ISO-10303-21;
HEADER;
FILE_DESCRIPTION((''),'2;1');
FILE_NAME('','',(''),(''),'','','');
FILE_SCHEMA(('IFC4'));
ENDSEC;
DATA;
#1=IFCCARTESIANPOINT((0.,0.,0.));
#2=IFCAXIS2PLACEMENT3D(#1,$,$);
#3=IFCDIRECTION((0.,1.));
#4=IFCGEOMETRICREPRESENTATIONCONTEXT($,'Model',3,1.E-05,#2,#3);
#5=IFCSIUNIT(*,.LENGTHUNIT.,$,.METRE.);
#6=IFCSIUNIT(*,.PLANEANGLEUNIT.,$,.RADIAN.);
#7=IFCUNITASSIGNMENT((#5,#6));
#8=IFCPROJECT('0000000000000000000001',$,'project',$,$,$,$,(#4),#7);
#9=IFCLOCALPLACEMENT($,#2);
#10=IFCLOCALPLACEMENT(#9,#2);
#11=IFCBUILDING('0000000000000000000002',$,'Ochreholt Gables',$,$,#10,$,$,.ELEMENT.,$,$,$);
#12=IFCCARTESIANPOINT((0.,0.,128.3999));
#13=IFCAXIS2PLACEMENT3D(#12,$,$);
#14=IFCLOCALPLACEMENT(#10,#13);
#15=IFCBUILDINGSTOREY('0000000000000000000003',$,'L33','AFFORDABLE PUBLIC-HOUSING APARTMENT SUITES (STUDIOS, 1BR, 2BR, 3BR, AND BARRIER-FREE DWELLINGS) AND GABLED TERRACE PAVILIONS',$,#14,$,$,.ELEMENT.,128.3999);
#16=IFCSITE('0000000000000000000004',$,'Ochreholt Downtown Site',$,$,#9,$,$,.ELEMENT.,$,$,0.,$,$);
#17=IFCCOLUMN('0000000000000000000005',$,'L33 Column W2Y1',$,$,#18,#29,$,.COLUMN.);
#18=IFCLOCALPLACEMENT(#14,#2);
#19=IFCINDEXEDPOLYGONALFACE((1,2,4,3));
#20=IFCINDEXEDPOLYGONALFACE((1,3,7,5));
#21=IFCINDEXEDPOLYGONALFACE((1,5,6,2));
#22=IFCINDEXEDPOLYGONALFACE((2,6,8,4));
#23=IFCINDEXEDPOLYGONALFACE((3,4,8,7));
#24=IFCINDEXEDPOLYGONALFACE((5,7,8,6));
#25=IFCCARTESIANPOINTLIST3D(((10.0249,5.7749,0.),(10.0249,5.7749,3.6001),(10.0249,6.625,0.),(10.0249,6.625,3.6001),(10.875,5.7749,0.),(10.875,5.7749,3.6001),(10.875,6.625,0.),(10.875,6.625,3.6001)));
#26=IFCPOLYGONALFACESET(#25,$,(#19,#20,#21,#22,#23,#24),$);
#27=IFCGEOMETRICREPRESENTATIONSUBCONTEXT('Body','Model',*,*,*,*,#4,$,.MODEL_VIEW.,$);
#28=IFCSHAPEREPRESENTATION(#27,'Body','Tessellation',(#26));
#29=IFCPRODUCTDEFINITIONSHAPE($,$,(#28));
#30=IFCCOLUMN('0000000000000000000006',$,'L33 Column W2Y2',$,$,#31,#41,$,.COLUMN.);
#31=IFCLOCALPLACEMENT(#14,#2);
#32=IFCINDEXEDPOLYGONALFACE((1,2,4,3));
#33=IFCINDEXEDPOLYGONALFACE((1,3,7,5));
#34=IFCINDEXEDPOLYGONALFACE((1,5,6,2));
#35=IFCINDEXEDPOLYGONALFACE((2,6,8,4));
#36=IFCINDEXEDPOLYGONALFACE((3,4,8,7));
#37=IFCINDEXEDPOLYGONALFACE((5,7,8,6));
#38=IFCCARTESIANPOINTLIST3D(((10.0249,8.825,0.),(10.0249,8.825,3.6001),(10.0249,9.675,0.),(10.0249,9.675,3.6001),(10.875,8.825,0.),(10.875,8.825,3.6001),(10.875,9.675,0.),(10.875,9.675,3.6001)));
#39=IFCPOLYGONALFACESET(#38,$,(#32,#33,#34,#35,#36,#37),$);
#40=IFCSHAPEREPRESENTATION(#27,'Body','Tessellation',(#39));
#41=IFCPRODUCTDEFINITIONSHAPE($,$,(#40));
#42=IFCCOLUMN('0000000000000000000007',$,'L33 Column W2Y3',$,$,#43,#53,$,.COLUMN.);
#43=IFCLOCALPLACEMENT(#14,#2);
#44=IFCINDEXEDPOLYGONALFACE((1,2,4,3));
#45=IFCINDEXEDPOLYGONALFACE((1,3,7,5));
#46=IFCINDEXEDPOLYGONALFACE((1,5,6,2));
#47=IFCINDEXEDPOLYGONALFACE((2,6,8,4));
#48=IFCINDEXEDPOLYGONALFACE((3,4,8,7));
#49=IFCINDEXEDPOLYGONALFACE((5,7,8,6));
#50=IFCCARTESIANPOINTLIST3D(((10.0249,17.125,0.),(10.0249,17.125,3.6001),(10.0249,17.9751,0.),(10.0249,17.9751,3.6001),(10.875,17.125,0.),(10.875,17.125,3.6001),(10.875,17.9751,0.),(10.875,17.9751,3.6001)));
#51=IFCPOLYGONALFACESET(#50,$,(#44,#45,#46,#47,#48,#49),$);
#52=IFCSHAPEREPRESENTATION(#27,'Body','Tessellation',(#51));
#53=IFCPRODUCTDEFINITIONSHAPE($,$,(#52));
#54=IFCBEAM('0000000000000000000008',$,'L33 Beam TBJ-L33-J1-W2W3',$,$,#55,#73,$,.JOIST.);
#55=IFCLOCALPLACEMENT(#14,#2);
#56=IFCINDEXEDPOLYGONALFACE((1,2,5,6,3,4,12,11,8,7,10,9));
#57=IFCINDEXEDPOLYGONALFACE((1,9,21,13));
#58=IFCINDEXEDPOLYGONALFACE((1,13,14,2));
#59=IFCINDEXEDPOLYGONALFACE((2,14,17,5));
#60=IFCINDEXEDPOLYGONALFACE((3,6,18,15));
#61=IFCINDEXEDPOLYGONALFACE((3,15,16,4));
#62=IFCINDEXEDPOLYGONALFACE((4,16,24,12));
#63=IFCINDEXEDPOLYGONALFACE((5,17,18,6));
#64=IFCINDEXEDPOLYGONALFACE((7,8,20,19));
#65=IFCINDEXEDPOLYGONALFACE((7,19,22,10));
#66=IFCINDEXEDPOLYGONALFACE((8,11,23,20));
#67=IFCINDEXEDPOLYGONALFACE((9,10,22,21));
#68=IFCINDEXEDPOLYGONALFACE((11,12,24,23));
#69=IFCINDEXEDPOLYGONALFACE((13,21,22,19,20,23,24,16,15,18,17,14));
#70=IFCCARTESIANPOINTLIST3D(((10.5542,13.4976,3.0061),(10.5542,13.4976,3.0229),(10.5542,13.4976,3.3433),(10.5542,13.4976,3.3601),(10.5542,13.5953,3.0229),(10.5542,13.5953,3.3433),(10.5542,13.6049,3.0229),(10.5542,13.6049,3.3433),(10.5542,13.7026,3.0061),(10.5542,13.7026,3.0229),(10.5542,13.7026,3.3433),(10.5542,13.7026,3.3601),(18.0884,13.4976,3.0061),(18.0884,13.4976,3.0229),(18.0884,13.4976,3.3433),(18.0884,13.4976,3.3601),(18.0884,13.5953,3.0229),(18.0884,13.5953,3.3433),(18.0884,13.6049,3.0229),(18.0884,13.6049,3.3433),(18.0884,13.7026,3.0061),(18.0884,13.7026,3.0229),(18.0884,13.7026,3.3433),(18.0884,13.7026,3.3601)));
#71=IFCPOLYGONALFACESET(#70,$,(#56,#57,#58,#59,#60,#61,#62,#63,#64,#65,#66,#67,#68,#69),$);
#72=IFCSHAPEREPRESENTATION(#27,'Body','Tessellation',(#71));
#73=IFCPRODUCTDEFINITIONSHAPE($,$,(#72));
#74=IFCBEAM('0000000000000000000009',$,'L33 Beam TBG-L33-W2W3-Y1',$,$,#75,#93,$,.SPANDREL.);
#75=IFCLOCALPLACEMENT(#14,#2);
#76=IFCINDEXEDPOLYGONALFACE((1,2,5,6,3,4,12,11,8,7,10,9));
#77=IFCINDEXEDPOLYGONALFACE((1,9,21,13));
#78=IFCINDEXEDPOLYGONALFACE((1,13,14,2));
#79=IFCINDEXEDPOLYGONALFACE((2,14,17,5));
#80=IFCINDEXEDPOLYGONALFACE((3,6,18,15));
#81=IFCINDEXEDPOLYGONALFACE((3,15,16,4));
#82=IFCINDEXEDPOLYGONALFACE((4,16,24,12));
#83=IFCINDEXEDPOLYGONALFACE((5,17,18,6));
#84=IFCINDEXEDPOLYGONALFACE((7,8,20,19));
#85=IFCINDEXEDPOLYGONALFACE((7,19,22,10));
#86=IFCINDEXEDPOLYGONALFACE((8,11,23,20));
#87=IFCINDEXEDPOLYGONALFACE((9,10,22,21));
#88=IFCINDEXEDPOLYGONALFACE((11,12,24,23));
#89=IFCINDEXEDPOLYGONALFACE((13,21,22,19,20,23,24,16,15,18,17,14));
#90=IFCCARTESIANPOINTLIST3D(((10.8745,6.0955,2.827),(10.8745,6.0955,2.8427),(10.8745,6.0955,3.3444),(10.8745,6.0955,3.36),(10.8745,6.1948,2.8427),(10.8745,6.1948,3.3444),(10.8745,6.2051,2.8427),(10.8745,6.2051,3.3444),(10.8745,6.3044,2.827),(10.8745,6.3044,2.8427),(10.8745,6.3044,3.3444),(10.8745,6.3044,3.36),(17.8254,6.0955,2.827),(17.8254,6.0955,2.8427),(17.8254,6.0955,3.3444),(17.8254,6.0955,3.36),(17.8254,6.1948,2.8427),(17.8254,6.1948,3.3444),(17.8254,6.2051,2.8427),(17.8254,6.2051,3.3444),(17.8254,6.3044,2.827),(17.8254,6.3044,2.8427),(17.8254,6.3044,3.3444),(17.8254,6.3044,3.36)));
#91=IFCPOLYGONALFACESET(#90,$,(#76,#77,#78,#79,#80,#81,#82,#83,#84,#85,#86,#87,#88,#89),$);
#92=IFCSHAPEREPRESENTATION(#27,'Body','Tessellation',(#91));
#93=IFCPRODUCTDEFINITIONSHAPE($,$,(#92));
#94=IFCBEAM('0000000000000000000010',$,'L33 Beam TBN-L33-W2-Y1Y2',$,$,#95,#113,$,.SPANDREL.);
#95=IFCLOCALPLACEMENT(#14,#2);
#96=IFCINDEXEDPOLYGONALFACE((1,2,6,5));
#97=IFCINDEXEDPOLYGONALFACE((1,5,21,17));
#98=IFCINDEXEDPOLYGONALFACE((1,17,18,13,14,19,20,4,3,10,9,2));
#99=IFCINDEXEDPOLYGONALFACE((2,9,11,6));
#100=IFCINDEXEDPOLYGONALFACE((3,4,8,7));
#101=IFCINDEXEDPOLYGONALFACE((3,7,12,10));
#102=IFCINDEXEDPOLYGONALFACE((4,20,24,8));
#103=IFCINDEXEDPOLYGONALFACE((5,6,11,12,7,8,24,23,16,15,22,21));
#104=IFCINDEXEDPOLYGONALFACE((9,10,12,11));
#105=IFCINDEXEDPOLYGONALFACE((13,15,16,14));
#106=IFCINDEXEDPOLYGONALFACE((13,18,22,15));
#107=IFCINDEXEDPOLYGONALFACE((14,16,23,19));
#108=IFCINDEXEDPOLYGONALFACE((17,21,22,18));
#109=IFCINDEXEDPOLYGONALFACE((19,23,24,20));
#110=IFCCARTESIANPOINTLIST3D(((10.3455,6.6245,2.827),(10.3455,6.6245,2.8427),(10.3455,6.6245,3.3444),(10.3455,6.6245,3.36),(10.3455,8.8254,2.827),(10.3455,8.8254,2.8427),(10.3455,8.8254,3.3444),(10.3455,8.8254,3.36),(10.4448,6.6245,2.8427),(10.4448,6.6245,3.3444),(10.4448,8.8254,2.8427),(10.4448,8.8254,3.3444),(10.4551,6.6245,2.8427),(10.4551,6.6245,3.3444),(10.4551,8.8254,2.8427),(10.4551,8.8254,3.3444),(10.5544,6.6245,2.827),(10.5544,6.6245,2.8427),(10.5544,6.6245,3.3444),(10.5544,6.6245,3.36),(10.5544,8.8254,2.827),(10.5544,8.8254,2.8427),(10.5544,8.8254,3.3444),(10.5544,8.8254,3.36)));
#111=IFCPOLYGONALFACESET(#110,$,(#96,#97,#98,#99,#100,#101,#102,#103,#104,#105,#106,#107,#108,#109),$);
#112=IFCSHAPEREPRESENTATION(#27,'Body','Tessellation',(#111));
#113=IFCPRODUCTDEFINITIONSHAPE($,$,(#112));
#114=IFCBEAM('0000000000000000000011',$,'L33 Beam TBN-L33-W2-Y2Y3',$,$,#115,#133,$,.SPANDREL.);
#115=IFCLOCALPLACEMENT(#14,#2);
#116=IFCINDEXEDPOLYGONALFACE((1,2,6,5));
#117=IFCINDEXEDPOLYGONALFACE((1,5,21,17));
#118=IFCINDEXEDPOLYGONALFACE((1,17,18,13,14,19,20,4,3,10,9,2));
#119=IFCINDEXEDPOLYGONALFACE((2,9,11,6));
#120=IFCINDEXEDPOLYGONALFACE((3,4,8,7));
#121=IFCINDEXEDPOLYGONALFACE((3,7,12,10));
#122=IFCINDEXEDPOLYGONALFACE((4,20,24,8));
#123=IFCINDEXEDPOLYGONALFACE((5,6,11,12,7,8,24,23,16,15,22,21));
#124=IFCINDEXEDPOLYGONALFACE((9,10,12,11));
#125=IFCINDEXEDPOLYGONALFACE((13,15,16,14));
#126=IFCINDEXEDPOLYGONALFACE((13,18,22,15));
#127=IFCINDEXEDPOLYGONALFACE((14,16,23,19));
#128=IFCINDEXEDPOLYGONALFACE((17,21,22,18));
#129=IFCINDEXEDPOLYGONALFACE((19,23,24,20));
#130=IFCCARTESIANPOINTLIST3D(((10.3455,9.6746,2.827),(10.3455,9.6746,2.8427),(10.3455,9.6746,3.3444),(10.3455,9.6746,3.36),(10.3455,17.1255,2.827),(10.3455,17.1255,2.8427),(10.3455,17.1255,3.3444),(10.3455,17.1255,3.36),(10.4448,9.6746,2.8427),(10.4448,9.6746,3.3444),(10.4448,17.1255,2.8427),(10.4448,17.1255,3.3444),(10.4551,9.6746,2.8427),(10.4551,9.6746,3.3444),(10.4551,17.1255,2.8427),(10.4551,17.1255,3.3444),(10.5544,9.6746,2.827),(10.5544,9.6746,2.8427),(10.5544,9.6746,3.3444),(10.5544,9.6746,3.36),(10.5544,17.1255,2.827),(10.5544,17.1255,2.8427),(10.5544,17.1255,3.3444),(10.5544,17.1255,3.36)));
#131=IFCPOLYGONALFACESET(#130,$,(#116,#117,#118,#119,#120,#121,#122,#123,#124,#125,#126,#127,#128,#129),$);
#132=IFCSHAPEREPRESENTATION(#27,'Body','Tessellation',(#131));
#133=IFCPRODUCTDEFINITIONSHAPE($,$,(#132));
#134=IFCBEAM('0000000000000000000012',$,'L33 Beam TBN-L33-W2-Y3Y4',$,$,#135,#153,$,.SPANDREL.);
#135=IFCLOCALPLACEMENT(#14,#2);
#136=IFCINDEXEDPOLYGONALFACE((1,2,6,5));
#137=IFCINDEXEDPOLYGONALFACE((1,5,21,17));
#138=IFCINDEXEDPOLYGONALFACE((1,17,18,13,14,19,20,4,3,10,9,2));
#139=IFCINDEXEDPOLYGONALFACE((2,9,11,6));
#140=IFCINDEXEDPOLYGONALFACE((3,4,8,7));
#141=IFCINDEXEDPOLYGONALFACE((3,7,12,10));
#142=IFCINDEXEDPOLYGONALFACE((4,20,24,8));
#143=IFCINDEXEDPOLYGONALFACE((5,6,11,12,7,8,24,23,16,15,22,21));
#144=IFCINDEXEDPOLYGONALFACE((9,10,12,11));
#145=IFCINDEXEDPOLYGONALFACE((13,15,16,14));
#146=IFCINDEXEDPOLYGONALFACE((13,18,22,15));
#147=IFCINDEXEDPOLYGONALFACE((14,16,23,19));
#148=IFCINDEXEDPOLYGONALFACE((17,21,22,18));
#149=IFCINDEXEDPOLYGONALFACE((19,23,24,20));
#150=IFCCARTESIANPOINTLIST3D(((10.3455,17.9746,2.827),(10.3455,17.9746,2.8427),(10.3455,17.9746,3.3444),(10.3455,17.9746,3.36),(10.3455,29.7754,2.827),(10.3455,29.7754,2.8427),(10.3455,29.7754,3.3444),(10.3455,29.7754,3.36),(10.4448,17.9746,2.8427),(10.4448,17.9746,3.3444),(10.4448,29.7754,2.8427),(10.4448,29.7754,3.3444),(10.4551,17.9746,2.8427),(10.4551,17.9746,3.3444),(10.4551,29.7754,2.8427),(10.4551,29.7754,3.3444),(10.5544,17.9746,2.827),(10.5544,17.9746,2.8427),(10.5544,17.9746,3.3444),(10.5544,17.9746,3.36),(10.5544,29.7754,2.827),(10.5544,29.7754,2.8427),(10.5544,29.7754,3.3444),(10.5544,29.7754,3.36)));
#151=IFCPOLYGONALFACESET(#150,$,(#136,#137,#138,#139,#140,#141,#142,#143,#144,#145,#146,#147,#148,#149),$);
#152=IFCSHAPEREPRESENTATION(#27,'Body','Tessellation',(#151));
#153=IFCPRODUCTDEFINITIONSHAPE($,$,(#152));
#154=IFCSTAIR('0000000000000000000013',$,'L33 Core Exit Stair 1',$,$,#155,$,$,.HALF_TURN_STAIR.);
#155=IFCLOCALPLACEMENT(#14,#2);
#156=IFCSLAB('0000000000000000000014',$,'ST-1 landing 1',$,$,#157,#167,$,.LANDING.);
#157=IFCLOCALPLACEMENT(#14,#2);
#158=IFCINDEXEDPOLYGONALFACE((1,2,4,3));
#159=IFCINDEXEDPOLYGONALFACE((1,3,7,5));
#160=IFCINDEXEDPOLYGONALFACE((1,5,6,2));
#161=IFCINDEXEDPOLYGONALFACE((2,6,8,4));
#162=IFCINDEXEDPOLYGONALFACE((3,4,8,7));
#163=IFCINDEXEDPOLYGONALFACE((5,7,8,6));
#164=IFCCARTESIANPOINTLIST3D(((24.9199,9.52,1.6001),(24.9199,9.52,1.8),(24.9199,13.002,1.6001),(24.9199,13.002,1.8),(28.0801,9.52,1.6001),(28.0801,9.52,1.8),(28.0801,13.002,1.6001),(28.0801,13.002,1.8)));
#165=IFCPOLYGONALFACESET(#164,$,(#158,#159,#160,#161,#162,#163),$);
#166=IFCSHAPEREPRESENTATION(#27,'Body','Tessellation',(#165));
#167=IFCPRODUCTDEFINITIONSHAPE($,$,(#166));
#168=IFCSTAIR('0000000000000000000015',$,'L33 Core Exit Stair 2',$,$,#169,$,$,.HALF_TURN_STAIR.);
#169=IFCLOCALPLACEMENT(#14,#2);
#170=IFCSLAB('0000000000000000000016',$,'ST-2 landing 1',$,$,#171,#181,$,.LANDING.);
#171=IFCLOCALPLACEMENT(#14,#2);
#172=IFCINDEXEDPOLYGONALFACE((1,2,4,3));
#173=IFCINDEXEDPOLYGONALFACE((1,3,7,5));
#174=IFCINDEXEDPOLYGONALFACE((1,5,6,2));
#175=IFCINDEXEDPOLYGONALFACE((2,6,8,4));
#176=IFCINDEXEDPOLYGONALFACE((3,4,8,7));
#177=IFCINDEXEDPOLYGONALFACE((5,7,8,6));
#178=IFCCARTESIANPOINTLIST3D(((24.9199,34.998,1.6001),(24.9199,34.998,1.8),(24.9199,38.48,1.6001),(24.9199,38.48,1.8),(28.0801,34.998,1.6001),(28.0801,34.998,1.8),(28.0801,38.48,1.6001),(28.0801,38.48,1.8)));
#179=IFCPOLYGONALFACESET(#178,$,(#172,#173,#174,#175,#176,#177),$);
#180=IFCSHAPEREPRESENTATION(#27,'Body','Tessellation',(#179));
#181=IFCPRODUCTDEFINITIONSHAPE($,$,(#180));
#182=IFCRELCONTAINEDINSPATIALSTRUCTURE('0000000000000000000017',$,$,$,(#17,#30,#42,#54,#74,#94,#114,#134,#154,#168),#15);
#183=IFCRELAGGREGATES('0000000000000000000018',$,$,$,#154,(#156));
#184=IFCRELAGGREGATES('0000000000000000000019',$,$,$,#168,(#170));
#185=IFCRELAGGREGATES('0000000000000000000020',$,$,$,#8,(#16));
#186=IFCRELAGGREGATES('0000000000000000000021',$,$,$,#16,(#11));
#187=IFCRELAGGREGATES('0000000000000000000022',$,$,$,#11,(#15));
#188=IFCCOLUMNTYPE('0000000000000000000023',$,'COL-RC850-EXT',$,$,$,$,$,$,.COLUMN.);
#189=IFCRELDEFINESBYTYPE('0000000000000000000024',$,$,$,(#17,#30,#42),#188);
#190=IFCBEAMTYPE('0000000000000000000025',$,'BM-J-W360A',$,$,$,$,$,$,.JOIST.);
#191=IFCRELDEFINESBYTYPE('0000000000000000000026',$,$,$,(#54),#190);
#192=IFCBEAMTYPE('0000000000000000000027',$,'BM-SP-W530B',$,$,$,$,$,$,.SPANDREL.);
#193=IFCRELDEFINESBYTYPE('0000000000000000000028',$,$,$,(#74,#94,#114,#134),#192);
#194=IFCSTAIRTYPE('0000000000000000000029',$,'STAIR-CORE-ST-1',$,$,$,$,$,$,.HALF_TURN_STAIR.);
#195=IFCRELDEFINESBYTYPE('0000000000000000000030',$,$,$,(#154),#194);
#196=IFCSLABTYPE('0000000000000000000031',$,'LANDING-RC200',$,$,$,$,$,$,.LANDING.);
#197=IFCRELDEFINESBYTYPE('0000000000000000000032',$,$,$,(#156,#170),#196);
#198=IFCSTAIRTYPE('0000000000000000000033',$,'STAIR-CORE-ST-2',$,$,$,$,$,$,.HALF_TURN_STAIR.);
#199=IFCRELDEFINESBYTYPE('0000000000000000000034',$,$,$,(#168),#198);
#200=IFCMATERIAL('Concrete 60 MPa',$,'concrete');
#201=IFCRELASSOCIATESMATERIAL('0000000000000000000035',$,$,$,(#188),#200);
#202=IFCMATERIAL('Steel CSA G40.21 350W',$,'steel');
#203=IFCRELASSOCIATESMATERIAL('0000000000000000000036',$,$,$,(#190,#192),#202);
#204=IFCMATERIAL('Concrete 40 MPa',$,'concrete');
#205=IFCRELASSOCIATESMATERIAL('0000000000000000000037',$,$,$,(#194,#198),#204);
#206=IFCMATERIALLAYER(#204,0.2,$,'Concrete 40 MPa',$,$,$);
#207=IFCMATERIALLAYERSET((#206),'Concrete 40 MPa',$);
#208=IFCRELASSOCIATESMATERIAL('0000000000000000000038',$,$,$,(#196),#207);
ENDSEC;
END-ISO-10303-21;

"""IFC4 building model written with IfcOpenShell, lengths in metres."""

from ifc_helpers import new_model, si_unit, direction, frame, origin, origin_2d, place, context, subcontext, project, spatial, polyline, rectangle, i_section, outline, extrude, material, layer, layer_set, material_profile, profile_set, type_object, element, aggregate, save


model = new_model("IFC4")

# Units and contexts
model_context = context("Model", 3, precision=1e-05, world=origin(), true_north=direction((0.0, 1.0)))
body_context = subcontext(model_context, "Body", "Model", "MODEL_VIEW")
ifc_project = project(units=[si_unit("LENGTHUNIT", "METRE"), si_unit("PLANEANGLEUNIT", "RADIAN")], contexts=[model_context])

# Site, building, storey
site_placement = place(None, origin())
site = spatial("IfcSite", under=ifc_project, at=site_placement, Name="Ochreholt Downtown Site", CompositionType="ELEMENT", RefElevation=0.0)
building_placement = place(site_placement, origin())
building = spatial("IfcBuilding", under=site, at=building_placement, Name="Ochreholt Gables", CompositionType="ELEMENT")
storey_placement = place(building_placement, frame((0.0, 0.0, 128.3999)))
storey = spatial("IfcBuildingStorey", under=building, at=storey_placement, Name="L33", Description="AFFORDABLE PUBLIC-HOUSING APARTMENT SUITES (STUDIOS, 1BR, 2BR, 3BR, AND BARRIER-FREE DWELLINGS) AND GABLED TERRACE PAVILIONS", CompositionType="ELEMENT", Elevation=128.3999)

# Columns
ifc_material_1 = material(Name="Concrete 60 MPa", Category="concrete")
ifc_material_profile_1 = material_profile(ifc_material_1, rectangle(XDim=0.8501, YDim=0.8501, at=origin_2d()), Name="RC850X850")
ifc_profile_set_1 = profile_set([ifc_material_profile_1], Name="Concrete 60 MPa")
column_type = type_object("IfcColumnType", Name="COL-RC850-EXT", PredefinedType="COLUMN", material=ifc_profile_set_1)
for number, where, z_axis, x_axis, name in (
    (1, (10.45, 6.2, 0.0), (0.0, 0.0, 1.0), (1.0, 0.0, 0.0), "L33 Column W2Y1"),
    (2, (10.45, 9.25, 0.0), (0.0, 0.0, 1.0), (1.0, 0.0, 0.0), "L33 Column W2Y2"),
    (3, (10.45, 17.55, 0.0), (0.0, 0.0, 1.0), (1.0, 0.0, 0.0), "L33 Column W2Y3"),
):
    element("IfcColumn", number, at=place(storey_placement, frame(where, z_axis=z_axis, x_axis=x_axis)), inside=storey, type_object=column_type, Name=name, PredefinedType="COLUMN", context=body_context, shape_type="SweptSolid", body=[
        extrude(rectangle(XDim=0.8501, YDim=0.8501, at=origin_2d()), origin(), (0.0, 0.0, 1.0), 3.6001),
    ])

# Beams
ifc_material_2 = material(Name="Steel CSA G40.21 350W", Category="steel")
ifc_material_profile_2 = material_profile(ifc_material_2, i_section(OverallWidth=0.2051, OverallDepth=0.354, WebThickness=0.0095, FlangeThickness=0.0168, at=origin_2d()), Name="W360X79")
ifc_profile_set_2 = profile_set([ifc_material_profile_2], Name="Steel CSA G40.21 350W")
beam_type_1 = type_object("IfcBeamType", Name="BM-J-W360A", PredefinedType="JOIST", material=ifc_profile_set_2)
beam_1_placement = place(storey_placement, frame((10.5542, 13.6001, 3.1831), z_axis=(1.0, 0.0, 0.0), x_axis=(0.0, 1.0, 0.0)))
element("IfcBeam", 4, at=beam_1_placement, inside=storey, type_object=beam_type_1, Name="L33 Beam TBJ-L33-J1-W2W3", PredefinedType="JOIST", context=body_context, shape_type="SweptSolid", body=[
    extrude(i_section(OverallWidth=0.2051, OverallDepth=0.354, WebThickness=0.0095, FlangeThickness=0.0168, at=origin_2d()), origin(), (0.0, 0.0, 1.0), 7.5342),
])
ifc_material_profile_3 = material_profile(ifc_material_2, i_section(OverallWidth=0.209, OverallDepth=0.533, WebThickness=0.0103, FlangeThickness=0.0156, at=origin_2d()), Name="W530X92")
ifc_profile_set_3 = profile_set([ifc_material_profile_3], Name="Steel CSA G40.21 350W")
beam_type_2 = type_object("IfcBeamType", Name="BM-SP-W530B", PredefinedType="SPANDREL", material=ifc_profile_set_3)
beam_2_placement = place(storey_placement, frame((10.8745, 6.2, 3.0935), z_axis=(1.0, 0.0, 0.0), x_axis=(0.0, 1.0, 0.0)))
element("IfcBeam", 5, at=beam_2_placement, inside=storey, type_object=beam_type_2, Name="L33 Beam TBG-L33-W2W3-Y1", PredefinedType="SPANDREL", context=body_context, shape_type="SweptSolid", body=[
    extrude(i_section(OverallWidth=0.209, OverallDepth=0.533, WebThickness=0.0103, FlangeThickness=0.0156, at=origin_2d()), origin(), (0.0, 0.0, 1.0), 6.9509),
])
beam_3_placement = place(storey_placement, frame((10.45, 6.6245, 3.0935), z_axis=(0.0, 1.0, 0.0), x_axis=(-1.0, 0.0, 0.0)))
element("IfcBeam", 6, at=beam_3_placement, inside=storey, type_object=beam_type_2, Name="L33 Beam TBN-L33-W2-Y1Y2", PredefinedType="SPANDREL", context=body_context, shape_type="SweptSolid", body=[
    extrude(i_section(OverallWidth=0.209, OverallDepth=0.533, WebThickness=0.0103, FlangeThickness=0.0156, at=origin_2d()), origin(), (0.0, 0.0, 1.0), 2.2009),
])
beam_4_placement = place(storey_placement, frame((10.45, 9.6746, 3.0935), z_axis=(0.0, 1.0, 0.0), x_axis=(-1.0, 0.0, 0.0)))
element("IfcBeam", 7, at=beam_4_placement, inside=storey, type_object=beam_type_2, Name="L33 Beam TBN-L33-W2-Y2Y3", PredefinedType="SPANDREL", context=body_context, shape_type="SweptSolid", body=[
    extrude(i_section(OverallWidth=0.209, OverallDepth=0.533, WebThickness=0.0103, FlangeThickness=0.0156, at=origin_2d()), origin(), (0.0, 0.0, 1.0), 7.4509),
])
beam_5_placement = place(storey_placement, frame((10.45, 17.9746, 3.0935), z_axis=(0.0, 1.0, 0.0), x_axis=(-1.0, 0.0, 0.0)))
element("IfcBeam", 8, at=beam_5_placement, inside=storey, type_object=beam_type_2, Name="L33 Beam TBN-L33-W2-Y3Y4", PredefinedType="SPANDREL", context=body_context, shape_type="SweptSolid", body=[
    extrude(i_section(OverallWidth=0.209, OverallDepth=0.533, WebThickness=0.0103, FlangeThickness=0.0156, at=origin_2d()), origin(), (0.0, 0.0, 1.0), 11.8008),
])

# Stairs, slabs
ifc_material_3 = material(Name="Concrete 40 MPa", Category="concrete")
stair_type_1 = type_object("IfcStairType", Name="STAIR-CORE-ST-1", PredefinedType="HALF_TURN_STAIR", material=ifc_material_3)
stair_1_placement = place(storey_placement, origin())
stair_1 = element("IfcStair", 9, at=stair_1_placement, inside=storey, type_object=stair_type_1, Name="L33 Core Exit Stair 1", PredefinedType="HALF_TURN_STAIR")
ifc_layer_1 = layer(ifc_material_3, 0.2, Name="Concrete 40 MPa")
ifc_layer_set_1 = layer_set([ifc_layer_1], Name="Concrete 40 MPa")
slab_type_1 = type_object("IfcSlabType", Name="LANDING-RC200", PredefinedType="LANDING", material=ifc_layer_set_1)
slab_1_placement = place(storey_placement, frame((0.0, 0.0, 1.6001)))
slab_1 = element("IfcSlab", 10, at=slab_1_placement, type_object=slab_type_1, Name="ST-1 landing 1", PredefinedType="LANDING", context=body_context, shape_type="SweptSolid", body=[
    extrude(outline(polyline([(24.9199, 13.002), (24.9199, 9.52), (28.0801, 9.52), (28.0801, 13.002), (24.9199, 13.002)])), origin(), (0.0, 0.0, 1.0), 0.2),
])
aggregate(stair_1, [slab_1])
stair_type_2 = type_object("IfcStairType", Name="STAIR-CORE-ST-2", PredefinedType="HALF_TURN_STAIR", material=ifc_material_3)
stair_2_placement = place(storey_placement, origin())
stair_2 = element("IfcStair", 11, at=stair_2_placement, inside=storey, type_object=stair_type_2, Name="L33 Core Exit Stair 2", PredefinedType="HALF_TURN_STAIR")
slab_2_placement = place(storey_placement, frame((0.0, 0.0, 1.6001)))
slab_2 = element("IfcSlab", 12, at=slab_2_placement, type_object=slab_type_1, Name="ST-2 landing 1", PredefinedType="LANDING", context=body_context, shape_type="SweptSolid", body=[
    extrude(outline(polyline([(28.0801, 34.998), (28.0801, 38.48), (24.9199, 38.48), (24.9199, 34.998), (28.0801, 34.998)])), origin(), (0.0, 0.0, 1.0), 0.2),
])
aggregate(stair_2, [slab_2])

save(model, "model.ifc")
